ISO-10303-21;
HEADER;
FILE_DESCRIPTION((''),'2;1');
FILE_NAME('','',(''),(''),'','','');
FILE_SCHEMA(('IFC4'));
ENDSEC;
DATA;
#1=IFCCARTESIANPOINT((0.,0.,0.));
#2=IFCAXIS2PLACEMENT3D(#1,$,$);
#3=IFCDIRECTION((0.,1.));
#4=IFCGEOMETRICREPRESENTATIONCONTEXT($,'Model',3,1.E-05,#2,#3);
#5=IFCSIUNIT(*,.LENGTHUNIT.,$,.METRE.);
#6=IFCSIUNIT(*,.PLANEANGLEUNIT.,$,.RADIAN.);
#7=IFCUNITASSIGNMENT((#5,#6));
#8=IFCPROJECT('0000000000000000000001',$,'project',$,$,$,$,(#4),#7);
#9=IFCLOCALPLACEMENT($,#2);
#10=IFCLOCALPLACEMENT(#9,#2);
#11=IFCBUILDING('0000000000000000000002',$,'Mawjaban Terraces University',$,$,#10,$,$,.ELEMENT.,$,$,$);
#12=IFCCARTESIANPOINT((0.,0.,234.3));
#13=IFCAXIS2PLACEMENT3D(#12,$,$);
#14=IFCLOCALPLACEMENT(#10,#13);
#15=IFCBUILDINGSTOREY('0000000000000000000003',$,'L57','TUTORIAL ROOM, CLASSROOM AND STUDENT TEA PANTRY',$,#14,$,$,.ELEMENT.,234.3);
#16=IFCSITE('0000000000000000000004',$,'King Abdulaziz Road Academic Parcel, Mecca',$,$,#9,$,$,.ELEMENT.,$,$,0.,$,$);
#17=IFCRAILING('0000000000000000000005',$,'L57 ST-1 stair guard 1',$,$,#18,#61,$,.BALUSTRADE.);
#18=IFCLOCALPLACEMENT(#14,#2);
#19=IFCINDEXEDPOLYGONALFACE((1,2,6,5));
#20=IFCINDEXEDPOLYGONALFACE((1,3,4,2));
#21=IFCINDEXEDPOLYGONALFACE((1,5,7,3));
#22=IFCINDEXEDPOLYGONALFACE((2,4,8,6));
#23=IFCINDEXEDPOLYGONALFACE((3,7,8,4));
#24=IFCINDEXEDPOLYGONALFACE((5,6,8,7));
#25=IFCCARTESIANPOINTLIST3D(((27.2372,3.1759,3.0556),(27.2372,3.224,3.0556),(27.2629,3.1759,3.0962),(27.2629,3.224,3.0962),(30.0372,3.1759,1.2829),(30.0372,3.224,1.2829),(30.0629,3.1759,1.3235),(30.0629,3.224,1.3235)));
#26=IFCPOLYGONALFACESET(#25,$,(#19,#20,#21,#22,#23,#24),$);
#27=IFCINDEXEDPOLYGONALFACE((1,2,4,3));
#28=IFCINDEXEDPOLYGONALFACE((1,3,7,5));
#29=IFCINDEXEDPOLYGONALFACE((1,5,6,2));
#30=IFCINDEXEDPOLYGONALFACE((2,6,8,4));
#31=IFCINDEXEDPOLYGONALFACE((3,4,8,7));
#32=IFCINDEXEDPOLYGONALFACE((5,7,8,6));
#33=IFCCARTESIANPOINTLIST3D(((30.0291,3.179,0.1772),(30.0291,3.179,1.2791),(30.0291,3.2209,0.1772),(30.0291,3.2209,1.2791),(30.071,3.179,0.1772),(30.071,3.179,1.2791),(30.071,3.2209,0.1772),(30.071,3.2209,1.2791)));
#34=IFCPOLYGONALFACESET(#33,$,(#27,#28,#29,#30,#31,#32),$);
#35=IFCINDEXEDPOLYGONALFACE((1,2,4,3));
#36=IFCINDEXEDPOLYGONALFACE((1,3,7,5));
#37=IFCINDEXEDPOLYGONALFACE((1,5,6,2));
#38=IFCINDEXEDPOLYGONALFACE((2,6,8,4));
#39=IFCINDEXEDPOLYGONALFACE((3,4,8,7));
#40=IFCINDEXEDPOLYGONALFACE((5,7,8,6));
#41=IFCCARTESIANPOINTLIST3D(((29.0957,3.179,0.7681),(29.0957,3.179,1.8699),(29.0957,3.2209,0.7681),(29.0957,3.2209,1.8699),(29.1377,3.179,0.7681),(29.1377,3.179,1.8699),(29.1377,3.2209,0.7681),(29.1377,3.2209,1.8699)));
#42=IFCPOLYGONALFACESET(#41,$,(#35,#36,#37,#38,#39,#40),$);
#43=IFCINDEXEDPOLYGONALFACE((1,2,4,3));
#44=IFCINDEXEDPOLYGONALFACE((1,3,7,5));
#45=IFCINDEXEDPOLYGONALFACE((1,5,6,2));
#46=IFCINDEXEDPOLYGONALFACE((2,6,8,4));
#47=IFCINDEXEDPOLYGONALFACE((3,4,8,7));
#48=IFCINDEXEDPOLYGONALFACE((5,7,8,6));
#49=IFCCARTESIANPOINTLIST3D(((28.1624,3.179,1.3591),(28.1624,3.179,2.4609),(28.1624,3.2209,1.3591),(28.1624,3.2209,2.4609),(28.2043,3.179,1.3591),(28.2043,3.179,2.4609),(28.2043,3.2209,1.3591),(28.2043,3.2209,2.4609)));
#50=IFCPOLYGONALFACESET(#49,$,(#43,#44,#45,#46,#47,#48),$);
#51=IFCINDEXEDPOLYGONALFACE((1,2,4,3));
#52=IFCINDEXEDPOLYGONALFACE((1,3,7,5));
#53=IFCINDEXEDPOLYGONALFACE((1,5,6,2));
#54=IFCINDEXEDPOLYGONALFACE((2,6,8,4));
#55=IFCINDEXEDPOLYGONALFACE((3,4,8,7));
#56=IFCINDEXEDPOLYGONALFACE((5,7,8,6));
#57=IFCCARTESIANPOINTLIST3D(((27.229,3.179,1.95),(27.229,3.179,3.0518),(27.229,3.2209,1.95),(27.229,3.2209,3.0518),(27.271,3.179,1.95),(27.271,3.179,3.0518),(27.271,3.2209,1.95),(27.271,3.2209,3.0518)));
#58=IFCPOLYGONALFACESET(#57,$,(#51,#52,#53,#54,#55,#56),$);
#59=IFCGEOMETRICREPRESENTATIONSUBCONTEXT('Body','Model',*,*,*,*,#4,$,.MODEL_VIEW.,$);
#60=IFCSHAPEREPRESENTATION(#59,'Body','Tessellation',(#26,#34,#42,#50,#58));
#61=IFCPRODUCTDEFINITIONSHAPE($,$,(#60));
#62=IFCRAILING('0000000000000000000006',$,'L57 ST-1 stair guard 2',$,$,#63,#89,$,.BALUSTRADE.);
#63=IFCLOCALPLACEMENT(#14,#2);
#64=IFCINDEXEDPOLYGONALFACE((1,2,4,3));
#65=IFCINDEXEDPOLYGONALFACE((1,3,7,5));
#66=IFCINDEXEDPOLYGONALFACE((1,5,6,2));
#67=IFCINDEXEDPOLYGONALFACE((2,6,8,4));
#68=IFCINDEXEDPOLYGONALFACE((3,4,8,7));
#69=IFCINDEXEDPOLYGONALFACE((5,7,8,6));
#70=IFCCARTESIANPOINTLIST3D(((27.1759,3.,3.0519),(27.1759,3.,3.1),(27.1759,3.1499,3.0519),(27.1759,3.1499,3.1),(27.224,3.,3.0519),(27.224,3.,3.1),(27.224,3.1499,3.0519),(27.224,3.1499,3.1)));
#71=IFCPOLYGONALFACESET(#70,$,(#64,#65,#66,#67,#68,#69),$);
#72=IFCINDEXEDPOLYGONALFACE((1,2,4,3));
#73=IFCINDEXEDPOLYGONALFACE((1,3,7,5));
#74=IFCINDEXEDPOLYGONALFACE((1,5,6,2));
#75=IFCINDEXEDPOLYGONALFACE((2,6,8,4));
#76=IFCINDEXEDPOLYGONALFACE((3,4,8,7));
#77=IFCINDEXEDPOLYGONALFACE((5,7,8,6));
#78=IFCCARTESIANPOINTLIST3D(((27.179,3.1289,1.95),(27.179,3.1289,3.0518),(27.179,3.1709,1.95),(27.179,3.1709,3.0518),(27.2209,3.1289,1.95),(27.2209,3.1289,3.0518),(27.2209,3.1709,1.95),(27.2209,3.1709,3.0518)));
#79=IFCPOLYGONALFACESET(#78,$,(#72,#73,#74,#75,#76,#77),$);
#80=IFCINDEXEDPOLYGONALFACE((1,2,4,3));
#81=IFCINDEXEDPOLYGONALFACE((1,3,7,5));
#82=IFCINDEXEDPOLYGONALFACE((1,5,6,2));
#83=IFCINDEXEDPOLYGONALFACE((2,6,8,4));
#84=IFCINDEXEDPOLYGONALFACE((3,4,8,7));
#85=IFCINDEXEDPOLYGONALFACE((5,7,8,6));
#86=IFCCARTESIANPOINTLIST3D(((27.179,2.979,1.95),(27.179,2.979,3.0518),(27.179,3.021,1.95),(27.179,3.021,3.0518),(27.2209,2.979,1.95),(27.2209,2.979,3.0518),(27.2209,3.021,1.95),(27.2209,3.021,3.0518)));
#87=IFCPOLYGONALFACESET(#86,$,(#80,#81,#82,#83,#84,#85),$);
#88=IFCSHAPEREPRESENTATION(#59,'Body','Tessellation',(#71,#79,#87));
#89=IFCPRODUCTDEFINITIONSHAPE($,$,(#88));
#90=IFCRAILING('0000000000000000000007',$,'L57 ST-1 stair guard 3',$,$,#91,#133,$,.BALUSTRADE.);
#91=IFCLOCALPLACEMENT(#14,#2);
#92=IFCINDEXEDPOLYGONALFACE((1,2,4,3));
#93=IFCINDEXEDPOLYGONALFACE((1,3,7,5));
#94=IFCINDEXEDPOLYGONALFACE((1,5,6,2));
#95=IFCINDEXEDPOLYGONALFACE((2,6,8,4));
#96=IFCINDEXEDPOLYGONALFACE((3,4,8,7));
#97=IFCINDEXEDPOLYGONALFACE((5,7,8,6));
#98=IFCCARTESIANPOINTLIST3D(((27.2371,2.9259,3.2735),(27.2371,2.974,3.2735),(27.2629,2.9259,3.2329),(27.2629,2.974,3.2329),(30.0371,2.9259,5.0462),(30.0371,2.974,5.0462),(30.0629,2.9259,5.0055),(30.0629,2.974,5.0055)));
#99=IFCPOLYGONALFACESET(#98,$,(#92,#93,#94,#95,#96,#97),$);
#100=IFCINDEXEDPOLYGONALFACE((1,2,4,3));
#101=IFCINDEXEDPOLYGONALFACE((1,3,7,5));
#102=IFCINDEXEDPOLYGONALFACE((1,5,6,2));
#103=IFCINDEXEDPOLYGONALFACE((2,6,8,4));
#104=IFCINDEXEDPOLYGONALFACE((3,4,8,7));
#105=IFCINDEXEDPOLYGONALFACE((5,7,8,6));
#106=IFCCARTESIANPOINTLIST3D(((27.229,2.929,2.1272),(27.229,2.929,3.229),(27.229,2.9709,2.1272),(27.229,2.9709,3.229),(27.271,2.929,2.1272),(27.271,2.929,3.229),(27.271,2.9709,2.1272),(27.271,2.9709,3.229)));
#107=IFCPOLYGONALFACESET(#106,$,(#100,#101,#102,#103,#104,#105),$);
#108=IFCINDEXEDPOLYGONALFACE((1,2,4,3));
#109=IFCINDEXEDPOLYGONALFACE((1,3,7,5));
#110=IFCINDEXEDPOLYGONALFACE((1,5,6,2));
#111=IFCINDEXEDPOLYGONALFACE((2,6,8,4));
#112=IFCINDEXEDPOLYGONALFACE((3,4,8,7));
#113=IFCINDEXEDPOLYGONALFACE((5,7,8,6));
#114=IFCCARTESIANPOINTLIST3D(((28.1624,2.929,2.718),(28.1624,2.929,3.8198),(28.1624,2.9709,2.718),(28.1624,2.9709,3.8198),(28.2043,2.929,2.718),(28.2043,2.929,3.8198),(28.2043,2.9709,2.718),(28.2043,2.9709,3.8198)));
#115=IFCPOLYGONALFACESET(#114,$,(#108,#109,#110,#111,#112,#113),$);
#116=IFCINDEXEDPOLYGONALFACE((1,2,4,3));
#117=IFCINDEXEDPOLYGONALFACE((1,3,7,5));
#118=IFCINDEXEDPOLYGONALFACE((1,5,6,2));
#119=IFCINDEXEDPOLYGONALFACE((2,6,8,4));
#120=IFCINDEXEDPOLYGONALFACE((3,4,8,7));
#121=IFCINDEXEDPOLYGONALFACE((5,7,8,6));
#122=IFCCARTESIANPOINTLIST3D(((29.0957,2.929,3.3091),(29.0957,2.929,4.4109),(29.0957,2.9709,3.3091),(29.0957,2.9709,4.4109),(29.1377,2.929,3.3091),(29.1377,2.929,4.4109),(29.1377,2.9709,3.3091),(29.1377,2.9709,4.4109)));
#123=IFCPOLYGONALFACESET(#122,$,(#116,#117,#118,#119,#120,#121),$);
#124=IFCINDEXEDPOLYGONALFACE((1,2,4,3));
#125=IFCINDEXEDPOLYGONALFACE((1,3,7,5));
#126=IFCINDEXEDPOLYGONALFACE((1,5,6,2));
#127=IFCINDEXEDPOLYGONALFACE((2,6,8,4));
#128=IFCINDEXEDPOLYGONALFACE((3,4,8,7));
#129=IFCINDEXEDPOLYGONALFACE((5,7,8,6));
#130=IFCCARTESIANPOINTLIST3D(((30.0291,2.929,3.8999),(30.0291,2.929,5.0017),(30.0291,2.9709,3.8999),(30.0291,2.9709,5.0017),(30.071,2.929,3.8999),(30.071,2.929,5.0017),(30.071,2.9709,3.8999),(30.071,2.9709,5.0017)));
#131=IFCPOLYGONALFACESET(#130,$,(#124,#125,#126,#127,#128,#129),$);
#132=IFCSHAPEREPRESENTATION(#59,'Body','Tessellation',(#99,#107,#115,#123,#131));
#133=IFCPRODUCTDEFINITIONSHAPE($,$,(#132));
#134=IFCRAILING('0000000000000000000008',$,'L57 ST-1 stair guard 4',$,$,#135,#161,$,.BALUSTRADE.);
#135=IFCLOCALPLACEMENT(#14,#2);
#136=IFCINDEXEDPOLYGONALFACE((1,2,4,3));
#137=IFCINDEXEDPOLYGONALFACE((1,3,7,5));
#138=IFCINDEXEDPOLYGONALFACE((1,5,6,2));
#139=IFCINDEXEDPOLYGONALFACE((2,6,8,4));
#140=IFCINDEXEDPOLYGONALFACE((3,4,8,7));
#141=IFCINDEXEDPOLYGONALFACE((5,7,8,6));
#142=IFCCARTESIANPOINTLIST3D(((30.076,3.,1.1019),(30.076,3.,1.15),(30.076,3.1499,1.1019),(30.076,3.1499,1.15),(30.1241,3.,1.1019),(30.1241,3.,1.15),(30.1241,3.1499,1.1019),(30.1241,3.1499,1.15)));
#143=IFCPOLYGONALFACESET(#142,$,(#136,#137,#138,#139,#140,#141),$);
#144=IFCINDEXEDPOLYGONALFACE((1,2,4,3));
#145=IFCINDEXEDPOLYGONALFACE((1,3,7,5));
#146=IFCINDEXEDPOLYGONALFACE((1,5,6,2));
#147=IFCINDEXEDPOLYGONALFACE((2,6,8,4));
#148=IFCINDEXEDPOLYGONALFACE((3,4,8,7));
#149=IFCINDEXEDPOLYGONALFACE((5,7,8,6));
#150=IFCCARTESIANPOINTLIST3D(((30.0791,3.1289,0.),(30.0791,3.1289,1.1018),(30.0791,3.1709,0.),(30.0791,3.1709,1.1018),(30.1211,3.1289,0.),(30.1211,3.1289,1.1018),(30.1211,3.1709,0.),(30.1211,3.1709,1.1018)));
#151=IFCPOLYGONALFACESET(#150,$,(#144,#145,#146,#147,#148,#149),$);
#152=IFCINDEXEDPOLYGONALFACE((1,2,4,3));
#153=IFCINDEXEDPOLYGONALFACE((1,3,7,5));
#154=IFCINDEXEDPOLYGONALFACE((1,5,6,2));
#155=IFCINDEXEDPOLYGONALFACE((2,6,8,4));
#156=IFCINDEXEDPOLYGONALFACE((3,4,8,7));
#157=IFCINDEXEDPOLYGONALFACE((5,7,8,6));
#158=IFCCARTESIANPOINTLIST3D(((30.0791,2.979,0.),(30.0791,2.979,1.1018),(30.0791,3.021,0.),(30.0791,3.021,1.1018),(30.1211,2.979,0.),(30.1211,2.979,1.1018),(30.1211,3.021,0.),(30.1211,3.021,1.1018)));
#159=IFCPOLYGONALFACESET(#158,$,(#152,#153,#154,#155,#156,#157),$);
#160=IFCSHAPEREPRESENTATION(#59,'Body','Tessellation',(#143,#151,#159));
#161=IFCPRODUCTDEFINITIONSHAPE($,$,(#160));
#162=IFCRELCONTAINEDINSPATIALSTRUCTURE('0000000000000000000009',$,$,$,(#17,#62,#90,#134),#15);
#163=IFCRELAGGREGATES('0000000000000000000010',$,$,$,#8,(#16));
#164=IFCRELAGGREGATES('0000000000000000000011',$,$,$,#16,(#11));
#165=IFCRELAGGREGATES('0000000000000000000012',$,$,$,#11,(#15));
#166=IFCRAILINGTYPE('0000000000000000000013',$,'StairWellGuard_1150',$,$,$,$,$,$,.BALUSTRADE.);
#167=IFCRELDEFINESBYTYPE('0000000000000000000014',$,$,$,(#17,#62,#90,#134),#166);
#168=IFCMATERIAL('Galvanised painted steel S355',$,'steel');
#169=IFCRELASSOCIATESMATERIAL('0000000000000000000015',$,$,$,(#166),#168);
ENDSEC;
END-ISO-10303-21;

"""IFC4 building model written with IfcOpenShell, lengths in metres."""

from ifc_helpers import new_model, si_unit, direction, frame, origin, origin_2d, place, context, subcontext, project, spatial, rectangle, extrude, material, type_object, element, save


model = new_model("IFC4")

# Units and contexts
model_context = context("Model", 3, precision=1e-05, world=origin(), true_north=direction((0.0, 1.0)))
body_context = subcontext(model_context, "Body", "Model", "MODEL_VIEW")
ifc_project = project(units=[si_unit("LENGTHUNIT", "METRE"), si_unit("PLANEANGLEUNIT", "RADIAN")], contexts=[model_context])

# Site, building, storey
site_placement = place(None, origin())
site = spatial("IfcSite", under=ifc_project, at=site_placement, Name="King Abdulaziz Road Academic Parcel, Mecca", CompositionType="ELEMENT", RefElevation=0.0)
building_placement = place(site_placement, origin())
building = spatial("IfcBuilding", under=site, at=building_placement, Name="Mawjaban Terraces University", CompositionType="ELEMENT")
storey_placement = place(building_placement, frame((0.0, 0.0, 234.3)))
storey = spatial("IfcBuildingStorey", under=building, at=storey_placement, Name="L57", Description="TUTORIAL ROOM, CLASSROOM AND STUDENT TEA PANTRY", CompositionType="ELEMENT", Elevation=234.3)

# Railings
ifc_material_1 = material(Name="Galvanised painted steel S355", Category="steel")
railing_type_1 = type_object("IfcRailingType", Name="StairWellGuard_1150", PredefinedType="BALUSTRADE", material=ifc_material_1)
railing_1_placement = place(storey_placement, frame((30.05, 3.2, 0.1772)))
element("IfcRailing", 1, at=railing_1_placement, inside=storey, type_object=railing_type_1, Name="L57 ST-1 stair guard 1", PredefinedType="BALUSTRADE", context=body_context, shape_type="SweptSolid", body=[
    extrude(rectangle(XDim=0.0481, YDim=0.0481, at=origin_2d()), frame((0.0, 0.0, 1.126), z_axis=(-0.844909, 0.0, 0.53491), x_axis=(0.0, -1.0, 0.0)), (0.0, 0.0, 1.0), 3.314),
    extrude(rectangle(XDim=0.042, YDim=0.042, at=origin_2d()), origin(), (0.0, 0.0, 1.0), 1.1018),
    extrude(rectangle(XDim=0.042, YDim=0.042, at=origin_2d()), frame((-0.9333, 0.0, 0.5908)), (0.0, 0.0, 1.0), 1.1018),
    extrude(rectangle(XDim=0.042, YDim=0.042, at=origin_2d()), frame((-1.8667, 0.0, 1.1819)), (0.0, 0.0, 1.0), 1.1018),
    extrude(rectangle(XDim=0.042, YDim=0.042, at=origin_2d()), frame((-2.8, 0.0, 1.7727)), (0.0, 0.0, 1.0), 1.1018),
])
railing_2_placement = place(storey_placement, frame((27.2, 3.1499, 1.95)))
element("IfcRailing", 2, at=railing_2_placement, inside=storey, type_object=railing_type_1, Name="L57 ST-1 stair guard 2", PredefinedType="BALUSTRADE", context=body_context, shape_type="SweptSolid", body=[
    extrude(rectangle(XDim=0.0481, YDim=0.0481, at=origin_2d()), frame((0.0, 0.0, 1.126), z_axis=(0.0, -1.0, 0.0), x_axis=(1.0, 0.0, 0.0)), (0.0, 0.0, 1.0), 0.1499),
    extrude(rectangle(XDim=0.042, YDim=0.042, at=origin_2d()), origin(), (0.0, 0.0, 1.0), 1.1018),
    extrude(rectangle(XDim=0.042, YDim=0.042, at=origin_2d()), frame((0.0, -0.1499, 0.0)), (0.0, 0.0, 1.0), 1.1018),
])
railing_3_placement = place(storey_placement, frame((27.25, 2.95, 2.1272)))
element("IfcRailing", 3, at=railing_3_placement, inside=storey, type_object=railing_type_1, Name="L57 ST-1 stair guard 3", PredefinedType="BALUSTRADE", context=body_context, shape_type="SweptSolid", body=[
    extrude(rectangle(XDim=0.0481, YDim=0.0481, at=origin_2d()), frame((0.0, 0.0, 1.126), z_axis=(0.844909, 0.0, 0.53491), x_axis=(0.0, 1.0, 0.0)), (0.0, 0.0, 1.0), 3.314),
    extrude(rectangle(XDim=0.042, YDim=0.042, at=origin_2d()), origin(), (0.0, 0.0, 1.0), 1.1018),
    extrude(rectangle(XDim=0.042, YDim=0.042, at=origin_2d()), frame((0.9333, 0.0, 0.5908)), (0.0, 0.0, 1.0), 1.1018),
    extrude(rectangle(XDim=0.042, YDim=0.042, at=origin_2d()), frame((1.8667, 0.0, 1.1819)), (0.0, 0.0, 1.0), 1.1018),
    extrude(rectangle(XDim=0.042, YDim=0.042, at=origin_2d()), frame((2.8, 0.0, 1.7727)), (0.0, 0.0, 1.0), 1.1018),
])
railing_4_placement = place(storey_placement, frame((30.1001, 3.1499, 0.0)))
element("IfcRailing", 4, at=railing_4_placement, inside=storey, type_object=railing_type_1, Name="L57 ST-1 stair guard 4", PredefinedType="BALUSTRADE", context=body_context, shape_type="SweptSolid", body=[
    extrude(rectangle(XDim=0.0481, YDim=0.0481, at=origin_2d()), frame((0.0, 0.0, 1.126), z_axis=(0.0, -1.0, 0.0), x_axis=(1.0, 0.0, 0.0)), (0.0, 0.0, 1.0), 0.1499),
    extrude(rectangle(XDim=0.042, YDim=0.042, at=origin_2d()), origin(), (0.0, 0.0, 1.0), 1.1018),
    extrude(rectangle(XDim=0.042, YDim=0.042, at=origin_2d()), frame((0.0, -0.1499, 0.0)), (0.0, 0.0, 1.0), 1.1018),
])

save(model, "model.ifc")
